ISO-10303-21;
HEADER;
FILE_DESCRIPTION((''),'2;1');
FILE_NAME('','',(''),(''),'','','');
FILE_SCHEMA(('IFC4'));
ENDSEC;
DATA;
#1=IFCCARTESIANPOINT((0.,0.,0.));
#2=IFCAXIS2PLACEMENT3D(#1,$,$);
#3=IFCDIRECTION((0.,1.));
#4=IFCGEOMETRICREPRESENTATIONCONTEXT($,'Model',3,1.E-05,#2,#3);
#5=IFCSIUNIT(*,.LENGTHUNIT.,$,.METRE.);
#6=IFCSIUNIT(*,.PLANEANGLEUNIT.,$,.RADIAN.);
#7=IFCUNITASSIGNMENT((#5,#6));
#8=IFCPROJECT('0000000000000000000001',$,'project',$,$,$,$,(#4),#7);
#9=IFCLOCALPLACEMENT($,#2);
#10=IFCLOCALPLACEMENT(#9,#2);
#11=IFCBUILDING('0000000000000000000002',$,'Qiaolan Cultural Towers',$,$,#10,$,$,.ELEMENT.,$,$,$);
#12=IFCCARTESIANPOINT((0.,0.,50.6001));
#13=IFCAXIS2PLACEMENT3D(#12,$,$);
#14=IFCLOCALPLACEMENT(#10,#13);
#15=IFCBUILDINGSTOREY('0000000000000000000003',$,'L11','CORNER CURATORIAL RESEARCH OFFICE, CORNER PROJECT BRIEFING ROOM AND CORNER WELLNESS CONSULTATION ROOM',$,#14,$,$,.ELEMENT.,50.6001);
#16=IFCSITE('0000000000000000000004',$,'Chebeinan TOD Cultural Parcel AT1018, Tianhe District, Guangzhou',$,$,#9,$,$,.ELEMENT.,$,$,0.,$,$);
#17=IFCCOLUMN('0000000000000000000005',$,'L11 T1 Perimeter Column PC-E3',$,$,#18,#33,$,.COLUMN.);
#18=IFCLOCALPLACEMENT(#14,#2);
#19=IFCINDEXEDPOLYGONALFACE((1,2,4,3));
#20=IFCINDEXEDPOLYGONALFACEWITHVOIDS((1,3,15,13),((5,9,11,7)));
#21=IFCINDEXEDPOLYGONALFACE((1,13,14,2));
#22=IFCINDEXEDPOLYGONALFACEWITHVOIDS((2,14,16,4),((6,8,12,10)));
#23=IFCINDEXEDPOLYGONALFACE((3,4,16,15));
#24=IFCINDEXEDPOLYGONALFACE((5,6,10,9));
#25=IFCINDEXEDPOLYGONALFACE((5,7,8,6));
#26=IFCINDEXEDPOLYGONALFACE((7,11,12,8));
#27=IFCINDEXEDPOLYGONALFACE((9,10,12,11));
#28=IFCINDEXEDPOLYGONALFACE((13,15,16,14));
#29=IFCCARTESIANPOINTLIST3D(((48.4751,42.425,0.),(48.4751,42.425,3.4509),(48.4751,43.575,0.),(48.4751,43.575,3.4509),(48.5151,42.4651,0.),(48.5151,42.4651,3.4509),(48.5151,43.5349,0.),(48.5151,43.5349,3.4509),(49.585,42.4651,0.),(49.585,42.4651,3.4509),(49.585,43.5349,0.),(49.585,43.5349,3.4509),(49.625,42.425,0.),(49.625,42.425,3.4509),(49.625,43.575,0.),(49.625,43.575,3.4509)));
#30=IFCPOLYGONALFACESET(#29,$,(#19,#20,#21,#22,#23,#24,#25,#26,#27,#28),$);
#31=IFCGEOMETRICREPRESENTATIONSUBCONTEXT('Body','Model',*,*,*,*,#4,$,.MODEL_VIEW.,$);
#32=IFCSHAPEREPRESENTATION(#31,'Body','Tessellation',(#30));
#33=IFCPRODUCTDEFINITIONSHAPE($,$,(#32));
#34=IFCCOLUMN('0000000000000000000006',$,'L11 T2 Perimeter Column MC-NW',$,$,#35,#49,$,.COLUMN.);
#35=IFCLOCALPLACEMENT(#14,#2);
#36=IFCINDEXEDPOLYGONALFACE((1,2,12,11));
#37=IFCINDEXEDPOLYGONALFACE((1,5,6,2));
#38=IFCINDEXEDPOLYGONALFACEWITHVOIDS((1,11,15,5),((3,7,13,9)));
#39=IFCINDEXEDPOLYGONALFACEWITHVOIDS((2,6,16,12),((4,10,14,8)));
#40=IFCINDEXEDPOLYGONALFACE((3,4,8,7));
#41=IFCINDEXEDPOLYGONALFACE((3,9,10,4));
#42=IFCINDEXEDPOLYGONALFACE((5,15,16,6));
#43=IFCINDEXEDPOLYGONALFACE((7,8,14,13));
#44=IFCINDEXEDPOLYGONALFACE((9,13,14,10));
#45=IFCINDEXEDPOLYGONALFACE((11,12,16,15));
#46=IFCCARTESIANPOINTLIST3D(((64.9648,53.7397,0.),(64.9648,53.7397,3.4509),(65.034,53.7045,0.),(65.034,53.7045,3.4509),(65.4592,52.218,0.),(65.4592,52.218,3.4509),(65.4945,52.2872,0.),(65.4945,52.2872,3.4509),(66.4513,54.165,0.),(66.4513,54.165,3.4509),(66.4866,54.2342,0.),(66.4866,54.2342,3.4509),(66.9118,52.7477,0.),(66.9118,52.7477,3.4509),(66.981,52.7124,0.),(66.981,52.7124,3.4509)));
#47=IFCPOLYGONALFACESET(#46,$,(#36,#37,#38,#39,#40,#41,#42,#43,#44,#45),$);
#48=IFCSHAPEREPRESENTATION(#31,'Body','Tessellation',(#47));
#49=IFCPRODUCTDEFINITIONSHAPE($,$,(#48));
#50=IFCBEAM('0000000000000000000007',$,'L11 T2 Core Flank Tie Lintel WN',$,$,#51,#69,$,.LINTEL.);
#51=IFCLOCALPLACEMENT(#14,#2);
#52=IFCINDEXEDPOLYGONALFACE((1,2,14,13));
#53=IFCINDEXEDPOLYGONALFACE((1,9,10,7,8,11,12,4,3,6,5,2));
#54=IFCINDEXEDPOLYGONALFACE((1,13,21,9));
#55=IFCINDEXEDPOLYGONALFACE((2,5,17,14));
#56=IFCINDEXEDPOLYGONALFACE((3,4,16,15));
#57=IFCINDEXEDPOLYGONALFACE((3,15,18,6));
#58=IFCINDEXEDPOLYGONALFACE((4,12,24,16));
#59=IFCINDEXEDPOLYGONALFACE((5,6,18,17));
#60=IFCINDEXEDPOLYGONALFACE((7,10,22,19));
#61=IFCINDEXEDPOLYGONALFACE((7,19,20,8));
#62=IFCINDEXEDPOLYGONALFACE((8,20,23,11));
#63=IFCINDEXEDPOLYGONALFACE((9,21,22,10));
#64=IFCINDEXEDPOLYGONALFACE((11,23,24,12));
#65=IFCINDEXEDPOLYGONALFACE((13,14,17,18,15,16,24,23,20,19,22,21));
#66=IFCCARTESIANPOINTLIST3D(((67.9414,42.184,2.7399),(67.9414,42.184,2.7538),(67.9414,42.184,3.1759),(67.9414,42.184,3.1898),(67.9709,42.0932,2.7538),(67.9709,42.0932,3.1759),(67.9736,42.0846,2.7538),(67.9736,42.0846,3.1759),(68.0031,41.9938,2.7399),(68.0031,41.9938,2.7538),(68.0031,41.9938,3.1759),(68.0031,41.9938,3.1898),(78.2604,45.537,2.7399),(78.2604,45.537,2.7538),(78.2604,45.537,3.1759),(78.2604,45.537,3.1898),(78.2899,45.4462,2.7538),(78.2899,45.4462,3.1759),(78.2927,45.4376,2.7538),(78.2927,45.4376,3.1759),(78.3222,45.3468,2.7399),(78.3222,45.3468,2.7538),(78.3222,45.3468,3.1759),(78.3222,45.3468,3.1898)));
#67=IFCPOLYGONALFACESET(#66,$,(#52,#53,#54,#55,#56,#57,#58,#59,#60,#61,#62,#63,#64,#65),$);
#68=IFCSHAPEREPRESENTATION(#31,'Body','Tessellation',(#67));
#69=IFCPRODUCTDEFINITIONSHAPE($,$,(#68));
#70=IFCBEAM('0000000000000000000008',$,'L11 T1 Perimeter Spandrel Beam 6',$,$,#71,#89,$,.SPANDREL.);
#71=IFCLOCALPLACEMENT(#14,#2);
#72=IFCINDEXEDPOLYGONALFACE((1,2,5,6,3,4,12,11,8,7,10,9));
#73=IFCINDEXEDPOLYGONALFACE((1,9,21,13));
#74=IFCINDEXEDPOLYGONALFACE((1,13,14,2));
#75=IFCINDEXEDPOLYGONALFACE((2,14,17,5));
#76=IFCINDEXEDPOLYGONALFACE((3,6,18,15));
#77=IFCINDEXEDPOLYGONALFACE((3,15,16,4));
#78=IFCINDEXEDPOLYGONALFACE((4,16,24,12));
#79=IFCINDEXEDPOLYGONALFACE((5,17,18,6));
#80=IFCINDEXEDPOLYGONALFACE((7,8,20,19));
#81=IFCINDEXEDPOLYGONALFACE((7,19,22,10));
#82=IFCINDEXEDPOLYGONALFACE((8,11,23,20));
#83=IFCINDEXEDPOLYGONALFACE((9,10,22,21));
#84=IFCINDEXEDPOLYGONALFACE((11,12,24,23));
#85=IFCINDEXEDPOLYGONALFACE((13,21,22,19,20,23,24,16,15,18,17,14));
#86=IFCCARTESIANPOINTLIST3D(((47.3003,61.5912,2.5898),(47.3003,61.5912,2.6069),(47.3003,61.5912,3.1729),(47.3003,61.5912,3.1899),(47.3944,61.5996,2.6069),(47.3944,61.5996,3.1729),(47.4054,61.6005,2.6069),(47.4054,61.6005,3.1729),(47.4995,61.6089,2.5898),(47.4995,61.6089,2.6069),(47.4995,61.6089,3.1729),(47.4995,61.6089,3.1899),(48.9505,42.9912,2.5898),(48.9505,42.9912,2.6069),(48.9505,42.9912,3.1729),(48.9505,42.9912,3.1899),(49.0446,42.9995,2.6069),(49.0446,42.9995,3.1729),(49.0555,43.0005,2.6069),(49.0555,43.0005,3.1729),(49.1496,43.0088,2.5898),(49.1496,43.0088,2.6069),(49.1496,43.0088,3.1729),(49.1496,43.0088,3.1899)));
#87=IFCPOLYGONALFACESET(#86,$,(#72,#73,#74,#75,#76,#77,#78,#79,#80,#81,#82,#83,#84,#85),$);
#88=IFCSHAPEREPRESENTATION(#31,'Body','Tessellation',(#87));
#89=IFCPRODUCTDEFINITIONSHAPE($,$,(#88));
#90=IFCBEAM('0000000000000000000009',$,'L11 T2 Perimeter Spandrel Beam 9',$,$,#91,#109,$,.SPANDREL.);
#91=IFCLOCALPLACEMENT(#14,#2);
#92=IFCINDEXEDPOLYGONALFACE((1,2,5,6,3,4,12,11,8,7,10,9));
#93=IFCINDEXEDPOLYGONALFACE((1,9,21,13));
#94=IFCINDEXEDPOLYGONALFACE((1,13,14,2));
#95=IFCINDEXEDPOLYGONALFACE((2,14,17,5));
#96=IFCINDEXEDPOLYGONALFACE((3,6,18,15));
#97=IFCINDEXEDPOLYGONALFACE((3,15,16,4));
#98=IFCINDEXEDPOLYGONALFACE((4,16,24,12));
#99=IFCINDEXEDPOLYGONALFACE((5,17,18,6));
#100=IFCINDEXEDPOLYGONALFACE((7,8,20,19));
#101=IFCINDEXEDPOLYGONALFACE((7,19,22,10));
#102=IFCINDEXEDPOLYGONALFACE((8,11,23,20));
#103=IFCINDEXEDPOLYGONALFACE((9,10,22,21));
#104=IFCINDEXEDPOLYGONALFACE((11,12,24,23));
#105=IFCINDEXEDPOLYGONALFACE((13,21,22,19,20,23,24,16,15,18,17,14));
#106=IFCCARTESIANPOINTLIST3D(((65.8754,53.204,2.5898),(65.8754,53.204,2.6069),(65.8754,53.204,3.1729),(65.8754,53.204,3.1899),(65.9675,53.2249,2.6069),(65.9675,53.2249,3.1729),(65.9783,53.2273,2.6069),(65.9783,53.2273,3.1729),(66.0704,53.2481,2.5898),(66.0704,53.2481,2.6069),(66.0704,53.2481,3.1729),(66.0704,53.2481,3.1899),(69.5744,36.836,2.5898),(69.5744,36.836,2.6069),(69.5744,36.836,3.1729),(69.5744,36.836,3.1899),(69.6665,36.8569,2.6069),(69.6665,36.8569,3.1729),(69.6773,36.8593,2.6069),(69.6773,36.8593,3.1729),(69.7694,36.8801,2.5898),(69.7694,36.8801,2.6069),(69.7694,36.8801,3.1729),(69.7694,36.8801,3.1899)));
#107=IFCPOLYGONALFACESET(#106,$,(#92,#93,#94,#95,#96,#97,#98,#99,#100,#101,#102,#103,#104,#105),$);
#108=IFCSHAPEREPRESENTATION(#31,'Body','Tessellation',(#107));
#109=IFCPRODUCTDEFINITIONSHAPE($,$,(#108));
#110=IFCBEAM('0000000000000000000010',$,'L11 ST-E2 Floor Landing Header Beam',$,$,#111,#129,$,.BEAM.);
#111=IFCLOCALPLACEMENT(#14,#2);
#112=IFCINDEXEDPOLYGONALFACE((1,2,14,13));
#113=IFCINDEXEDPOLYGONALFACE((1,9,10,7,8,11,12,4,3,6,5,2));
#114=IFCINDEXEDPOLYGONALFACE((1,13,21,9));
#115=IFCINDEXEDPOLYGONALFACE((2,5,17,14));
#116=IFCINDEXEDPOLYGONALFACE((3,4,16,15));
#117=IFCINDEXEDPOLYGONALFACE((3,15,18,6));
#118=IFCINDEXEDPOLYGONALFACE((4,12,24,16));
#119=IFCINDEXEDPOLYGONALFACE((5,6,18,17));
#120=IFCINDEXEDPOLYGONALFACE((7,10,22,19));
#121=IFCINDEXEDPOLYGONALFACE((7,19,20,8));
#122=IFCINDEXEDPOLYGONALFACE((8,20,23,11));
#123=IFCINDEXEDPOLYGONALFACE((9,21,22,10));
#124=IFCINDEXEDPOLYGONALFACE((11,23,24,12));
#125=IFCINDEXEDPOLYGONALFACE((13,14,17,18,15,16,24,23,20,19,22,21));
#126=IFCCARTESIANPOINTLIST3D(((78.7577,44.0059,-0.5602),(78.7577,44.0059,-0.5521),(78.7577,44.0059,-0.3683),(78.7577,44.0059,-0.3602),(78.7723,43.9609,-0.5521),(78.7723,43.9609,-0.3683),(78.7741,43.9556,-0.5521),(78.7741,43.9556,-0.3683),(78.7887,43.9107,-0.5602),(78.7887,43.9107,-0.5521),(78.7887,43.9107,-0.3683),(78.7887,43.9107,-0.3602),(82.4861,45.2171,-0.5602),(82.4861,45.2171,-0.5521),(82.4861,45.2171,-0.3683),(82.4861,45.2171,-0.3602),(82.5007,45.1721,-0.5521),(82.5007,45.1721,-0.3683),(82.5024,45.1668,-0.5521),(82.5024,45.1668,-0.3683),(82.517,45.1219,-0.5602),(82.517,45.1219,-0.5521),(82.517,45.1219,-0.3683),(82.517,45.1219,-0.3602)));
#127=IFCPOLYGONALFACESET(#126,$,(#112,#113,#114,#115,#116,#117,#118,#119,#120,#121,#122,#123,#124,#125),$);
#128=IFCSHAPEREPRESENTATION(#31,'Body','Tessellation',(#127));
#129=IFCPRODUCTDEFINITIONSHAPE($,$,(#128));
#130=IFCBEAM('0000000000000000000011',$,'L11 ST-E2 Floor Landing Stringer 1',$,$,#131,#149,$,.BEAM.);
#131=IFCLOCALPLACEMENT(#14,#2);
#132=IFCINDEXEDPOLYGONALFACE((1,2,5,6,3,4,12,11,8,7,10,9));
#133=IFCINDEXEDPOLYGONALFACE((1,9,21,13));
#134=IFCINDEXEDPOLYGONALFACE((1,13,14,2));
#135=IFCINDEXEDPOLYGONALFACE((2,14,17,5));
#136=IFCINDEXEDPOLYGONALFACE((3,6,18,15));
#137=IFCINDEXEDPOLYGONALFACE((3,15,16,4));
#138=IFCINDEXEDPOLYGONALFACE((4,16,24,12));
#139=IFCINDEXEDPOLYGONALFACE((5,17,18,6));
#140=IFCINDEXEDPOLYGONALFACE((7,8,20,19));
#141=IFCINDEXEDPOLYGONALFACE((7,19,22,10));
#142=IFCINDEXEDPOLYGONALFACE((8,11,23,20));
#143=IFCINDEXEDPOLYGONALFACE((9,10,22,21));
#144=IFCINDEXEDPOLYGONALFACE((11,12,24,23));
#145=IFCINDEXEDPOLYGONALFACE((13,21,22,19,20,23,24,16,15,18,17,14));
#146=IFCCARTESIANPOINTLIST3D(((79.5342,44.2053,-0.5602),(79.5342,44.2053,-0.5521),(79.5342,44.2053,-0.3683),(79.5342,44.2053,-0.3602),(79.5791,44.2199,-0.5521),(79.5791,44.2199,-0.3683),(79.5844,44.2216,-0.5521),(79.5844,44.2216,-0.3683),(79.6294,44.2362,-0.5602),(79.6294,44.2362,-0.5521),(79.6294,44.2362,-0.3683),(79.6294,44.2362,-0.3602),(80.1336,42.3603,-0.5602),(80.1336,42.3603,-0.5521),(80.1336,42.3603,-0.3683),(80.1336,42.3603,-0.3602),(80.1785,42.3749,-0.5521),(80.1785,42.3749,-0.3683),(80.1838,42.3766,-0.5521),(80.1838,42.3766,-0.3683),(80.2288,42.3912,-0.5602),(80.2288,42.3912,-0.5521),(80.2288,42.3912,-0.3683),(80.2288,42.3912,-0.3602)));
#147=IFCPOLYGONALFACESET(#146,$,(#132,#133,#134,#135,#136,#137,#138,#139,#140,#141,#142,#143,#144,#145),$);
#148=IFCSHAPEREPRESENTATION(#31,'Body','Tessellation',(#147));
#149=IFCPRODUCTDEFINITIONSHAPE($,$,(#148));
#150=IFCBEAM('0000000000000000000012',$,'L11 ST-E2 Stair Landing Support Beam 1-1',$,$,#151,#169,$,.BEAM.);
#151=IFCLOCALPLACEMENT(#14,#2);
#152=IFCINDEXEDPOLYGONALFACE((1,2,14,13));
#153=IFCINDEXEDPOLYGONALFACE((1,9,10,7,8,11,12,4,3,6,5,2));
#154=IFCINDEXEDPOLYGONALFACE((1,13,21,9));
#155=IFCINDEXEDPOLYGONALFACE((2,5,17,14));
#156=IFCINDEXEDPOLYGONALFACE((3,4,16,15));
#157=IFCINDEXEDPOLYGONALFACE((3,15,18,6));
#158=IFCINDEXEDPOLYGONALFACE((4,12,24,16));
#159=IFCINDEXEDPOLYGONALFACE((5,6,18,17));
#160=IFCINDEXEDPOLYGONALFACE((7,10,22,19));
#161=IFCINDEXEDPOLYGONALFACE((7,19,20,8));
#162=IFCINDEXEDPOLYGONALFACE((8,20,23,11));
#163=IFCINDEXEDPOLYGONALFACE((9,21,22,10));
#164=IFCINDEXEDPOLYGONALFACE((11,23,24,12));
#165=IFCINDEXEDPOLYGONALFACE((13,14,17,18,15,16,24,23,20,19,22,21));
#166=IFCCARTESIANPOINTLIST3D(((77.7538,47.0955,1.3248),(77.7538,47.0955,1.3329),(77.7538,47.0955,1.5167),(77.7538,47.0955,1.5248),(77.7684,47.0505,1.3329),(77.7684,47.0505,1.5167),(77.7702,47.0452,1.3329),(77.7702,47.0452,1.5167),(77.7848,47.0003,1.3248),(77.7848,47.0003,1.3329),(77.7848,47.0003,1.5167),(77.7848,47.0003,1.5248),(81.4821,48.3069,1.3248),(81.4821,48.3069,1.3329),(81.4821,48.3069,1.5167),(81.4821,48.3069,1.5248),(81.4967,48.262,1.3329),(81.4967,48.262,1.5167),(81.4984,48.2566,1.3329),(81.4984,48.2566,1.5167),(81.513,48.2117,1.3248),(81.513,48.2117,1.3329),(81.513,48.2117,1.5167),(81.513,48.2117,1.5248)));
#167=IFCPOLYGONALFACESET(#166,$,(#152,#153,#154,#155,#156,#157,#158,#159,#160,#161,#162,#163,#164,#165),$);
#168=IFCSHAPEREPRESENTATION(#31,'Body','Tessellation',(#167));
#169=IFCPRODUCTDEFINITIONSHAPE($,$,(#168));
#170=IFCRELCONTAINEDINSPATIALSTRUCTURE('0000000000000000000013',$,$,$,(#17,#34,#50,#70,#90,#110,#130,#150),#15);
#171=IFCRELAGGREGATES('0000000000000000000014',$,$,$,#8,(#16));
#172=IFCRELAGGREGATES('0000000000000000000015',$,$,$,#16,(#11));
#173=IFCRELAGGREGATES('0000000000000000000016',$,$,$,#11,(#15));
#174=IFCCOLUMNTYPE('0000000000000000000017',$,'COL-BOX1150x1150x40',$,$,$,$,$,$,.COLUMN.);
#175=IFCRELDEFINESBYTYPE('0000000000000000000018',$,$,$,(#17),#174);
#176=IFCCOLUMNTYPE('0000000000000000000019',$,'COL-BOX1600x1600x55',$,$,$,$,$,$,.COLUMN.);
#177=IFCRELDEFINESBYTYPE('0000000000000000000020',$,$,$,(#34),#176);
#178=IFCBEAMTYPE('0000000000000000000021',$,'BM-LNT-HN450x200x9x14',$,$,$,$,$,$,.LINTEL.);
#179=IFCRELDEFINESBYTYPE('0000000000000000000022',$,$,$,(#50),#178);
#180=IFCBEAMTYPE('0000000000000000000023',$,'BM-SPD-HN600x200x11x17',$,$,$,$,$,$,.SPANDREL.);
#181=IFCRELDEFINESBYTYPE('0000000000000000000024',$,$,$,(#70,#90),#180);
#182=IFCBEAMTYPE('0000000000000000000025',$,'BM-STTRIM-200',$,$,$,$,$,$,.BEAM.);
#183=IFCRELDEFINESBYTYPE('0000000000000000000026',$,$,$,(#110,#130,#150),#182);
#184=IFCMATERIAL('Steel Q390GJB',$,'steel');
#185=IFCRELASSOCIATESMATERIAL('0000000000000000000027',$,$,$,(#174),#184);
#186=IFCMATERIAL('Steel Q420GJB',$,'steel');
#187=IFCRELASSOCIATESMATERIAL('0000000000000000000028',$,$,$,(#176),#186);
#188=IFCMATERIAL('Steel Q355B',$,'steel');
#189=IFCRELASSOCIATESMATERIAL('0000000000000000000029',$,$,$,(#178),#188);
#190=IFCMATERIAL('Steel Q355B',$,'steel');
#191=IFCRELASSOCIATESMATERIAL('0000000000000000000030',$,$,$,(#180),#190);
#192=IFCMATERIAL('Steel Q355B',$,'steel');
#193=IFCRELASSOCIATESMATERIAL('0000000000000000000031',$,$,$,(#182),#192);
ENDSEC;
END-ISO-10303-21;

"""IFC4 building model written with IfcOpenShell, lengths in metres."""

from ifc_helpers import new_model, si_unit, direction, frame, origin, origin_2d, place, context, subcontext, project, spatial, hollow_rectangle, i_section, extrude, material, material_profile, profile_set, type_object, element, save


model = new_model("IFC4")

# Units and contexts
model_context = context("Model", 3, precision=1e-05, world=origin(), true_north=direction((0.0, 1.0)))
body_context = subcontext(model_context, "Body", "Model", "MODEL_VIEW")
ifc_project = project(units=[si_unit("LENGTHUNIT", "METRE"), si_unit("PLANEANGLEUNIT", "RADIAN")], contexts=[model_context])

# Site, building, storey
site_placement = place(None, origin())
site = spatial("IfcSite", under=ifc_project, at=site_placement, Name="Chebeinan TOD Cultural Parcel AT1018, Tianhe District, Guangzhou", CompositionType="ELEMENT", RefElevation=0.0)
building_placement = place(site_placement, origin())
building = spatial("IfcBuilding", under=site, at=building_placement, Name="Qiaolan Cultural Towers", CompositionType="ELEMENT")
storey_placement = place(building_placement, frame((0.0, 0.0, 50.6001)))
storey = spatial("IfcBuildingStorey", under=building, at=storey_placement, Name="L11", Description="CORNER CURATORIAL RESEARCH OFFICE, CORNER PROJECT BRIEFING ROOM AND CORNER WELLNESS CONSULTATION ROOM", CompositionType="ELEMENT", Elevation=50.6001)

# Columns
ifc_material_1 = material(Name="Steel Q390GJB", Category="steel")
ifc_material_profile_1 = material_profile(ifc_material_1, hollow_rectangle(XDim=1.1499, YDim=1.1499, WallThickness=0.04, at=origin_2d()), Name="BOX1150x1150x40")
ifc_profile_set_1 = profile_set([ifc_material_profile_1], Name="Steel Q390GJB")
column_type_1 = type_object("IfcColumnType", Name="COL-BOX1150x1150x40", PredefinedType="COLUMN", material=ifc_profile_set_1)
column_1_placement = place(storey_placement, frame((49.05, 43.0, 0.0), z_axis=(0.0, 0.0, 1.0), x_axis=(1.0, 0.0, 0.0)))
element("IfcColumn", 1, at=column_1_placement, inside=storey, type_object=column_type_1, Name="L11 T1 Perimeter Column PC-E3", PredefinedType="COLUMN", context=body_context, shape_type="SweptSolid", body=[
    extrude(hollow_rectangle(XDim=1.1499, YDim=1.1499, WallThickness=0.04, at=origin_2d()), origin(), (0.0, 0.0, 1.0), 3.4509),
])
ifc_material_2 = material(Name="Steel Q420GJB", Category="steel")
ifc_material_profile_2 = material_profile(ifc_material_2, hollow_rectangle(XDim=1.6001, YDim=1.6001, WallThickness=0.0549, at=origin_2d()), Name="BOX1600x1600x55")
ifc_profile_set_2 = profile_set([ifc_material_profile_2], Name="Steel Q420GJB")
column_type_2 = type_object("IfcColumnType", Name="COL-BOX1600x1600x55", PredefinedType="COLUMN", material=ifc_profile_set_2)
column_2_placement = place(storey_placement, frame((65.9729, 53.2261, 0.0), z_axis=(0.0, 0.0, 1.0), x_axis=(0.951057, 0.309017, 0.0)))
element("IfcColumn", 2, at=column_2_placement, inside=storey, type_object=column_type_2, Name="L11 T2 Perimeter Column MC-NW", PredefinedType="COLUMN", context=body_context, shape_type="SweptSolid", body=[
    extrude(hollow_rectangle(XDim=1.6001, YDim=1.6001, WallThickness=0.0549, at=origin_2d()), origin(), (0.0, 0.0, 1.0), 3.4509),
])

# Beams
ifc_material_3 = material(Name="Steel Q355B", Category="steel")
ifc_material_profile_3 = material_profile(ifc_material_3, i_section(OverallWidth=0.2, OverallDepth=0.45, WebThickness=0.009, FlangeThickness=0.0139, at=origin_2d()), Name="HN450x200x9x14")
ifc_profile_set_3 = profile_set([ifc_material_profile_3], Name="Steel Q355B")
beam_type_1 = type_object("IfcBeamType", Name="BM-LNT-HN450x200x9x14", PredefinedType="LINTEL", material=ifc_profile_set_3)
beam_1_placement = place(storey_placement, frame((78.2913, 45.4419, 2.9648), z_axis=(-0.951052, -0.30903, 0.0), x_axis=(0.30903, -0.951052, 0.0)))
element("IfcBeam", 3, at=beam_1_placement, inside=storey, type_object=beam_type_1, Name="L11 T2 Core Flank Tie Lintel WN", PredefinedType="LINTEL", context=body_context, shape_type="SweptSolid", body=[
    extrude(i_section(OverallWidth=0.2, OverallDepth=0.45, WebThickness=0.009, FlangeThickness=0.0139, at=origin_2d()), origin(), (0.0, 0.0, 1.0), 10.8501),
])
ifc_material_4 = material(Name="Steel Q355B", Category="steel")
ifc_material_profile_4 = material_profile(ifc_material_4, i_section(OverallWidth=0.2, OverallDepth=0.6001, WebThickness=0.011, FlangeThickness=0.0171, at=origin_2d()), Name="HN600x200x11x17")
ifc_profile_set_4 = profile_set([ifc_material_profile_4], Name="Steel Q355B")
beam_type_2 = type_object("IfcBeamType", Name="BM-SPD-HN600x200x11x17", PredefinedType="SPANDREL", material=ifc_profile_set_4)
beam_2_placement = place(storey_placement, frame((49.05, 43.0, 2.8899), z_axis=(-0.08837, 0.996088, 0.0), x_axis=(-0.996088, -0.08837, 0.0)))
element("IfcBeam", 4, at=beam_2_placement, inside=storey, type_object=beam_type_2, Name="L11 T1 Perimeter Spandrel Beam 6", PredefinedType="SPANDREL", context=body_context, shape_type="SweptSolid", body=[
    extrude(i_section(OverallWidth=0.2, OverallDepth=0.6001, WebThickness=0.011, FlangeThickness=0.0171, at=origin_2d()), origin(), (0.0, 0.0, 1.0), 18.6731),
])
beam_3_placement = place(storey_placement, frame((65.9729, 53.2261, 2.8899), z_axis=(0.220431, -0.975403, 0.0), x_axis=(0.975403, 0.220431, 0.0)))
element("IfcBeam", 5, at=beam_3_placement, inside=storey, type_object=beam_type_2, Name="L11 T2 Perimeter Spandrel Beam 9", PredefinedType="SPANDREL", context=body_context, shape_type="SweptSolid", body=[
    extrude(i_section(OverallWidth=0.2, OverallDepth=0.6001, WebThickness=0.011, FlangeThickness=0.0171, at=origin_2d()), origin(), (0.0, 0.0, 1.0), 16.7808),
])
ifc_material_5 = material(Name="Steel Q355B", Category="steel")
ifc_material_profile_5 = material_profile(ifc_material_5, i_section(OverallWidth=0.1001, OverallDepth=0.2, WebThickness=0.0056, FlangeThickness=0.0081, at=origin_2d()), Name="HN200x100x5.5x8")
ifc_profile_set_5 = profile_set([ifc_material_profile_5], Name="Steel Q355B")
beam_type_3 = type_object("IfcBeamType", Name="BM-STTRIM-200", PredefinedType="BEAM", material=ifc_profile_set_5)
beam_4_placement = place(storey_placement, frame((78.7732, 43.9583, -0.4602), z_axis=(0.951072, 0.308969, 0.0), x_axis=(-0.308969, 0.951072, 0.0)))
element("IfcBeam", 6, at=beam_4_placement, inside=storey, type_object=beam_type_3, Name="L11 ST-E2 Floor Landing Header Beam", PredefinedType="BEAM", context=body_context, shape_type="SweptSolid", body=[
    extrude(i_section(OverallWidth=0.1001, OverallDepth=0.2, WebThickness=0.0056, FlangeThickness=0.0081, at=origin_2d()), origin(), (0.0, 0.0, 1.0), 3.9202),
])
beam_5_placement = place(storey_placement, frame((80.1812, 42.3757, -0.4602), z_axis=(-0.308969, 0.951072, 0.0), x_axis=(-0.951072, -0.308969, 0.0)))
element("IfcBeam", 7, at=beam_5_placement, inside=storey, type_object=beam_type_3, Name="L11 ST-E2 Floor Landing Stringer 1", PredefinedType="BEAM", context=body_context, shape_type="SweptSolid", body=[
    extrude(i_section(OverallWidth=0.1001, OverallDepth=0.2, WebThickness=0.0056, FlangeThickness=0.0081, at=origin_2d()), origin(), (0.0, 0.0, 1.0), 1.9399),
])
for number, where, z_axis, x_axis, name in (
    (8, (77.7693, 47.0479, 1.4248), (0.951054, 0.309026, 0.0), (-0.309026, 0.951054, 0.0), "L11 ST-E2 Stair Landing Support Beam 1-1"),
):
    element("IfcBeam", number, at=place(storey_placement, frame(where, z_axis=z_axis, x_axis=x_axis)), inside=storey, type_object=beam_type_3, Name=name, PredefinedType="BEAM", context=body_context, shape_type="SweptSolid", body=[
        extrude(i_section(OverallWidth=0.1001, OverallDepth=0.2, WebThickness=0.0056, FlangeThickness=0.0081, at=origin_2d()), origin(), (0.0, 0.0, 1.0), 3.9202),
    ])

save(model, "model.ifc")
